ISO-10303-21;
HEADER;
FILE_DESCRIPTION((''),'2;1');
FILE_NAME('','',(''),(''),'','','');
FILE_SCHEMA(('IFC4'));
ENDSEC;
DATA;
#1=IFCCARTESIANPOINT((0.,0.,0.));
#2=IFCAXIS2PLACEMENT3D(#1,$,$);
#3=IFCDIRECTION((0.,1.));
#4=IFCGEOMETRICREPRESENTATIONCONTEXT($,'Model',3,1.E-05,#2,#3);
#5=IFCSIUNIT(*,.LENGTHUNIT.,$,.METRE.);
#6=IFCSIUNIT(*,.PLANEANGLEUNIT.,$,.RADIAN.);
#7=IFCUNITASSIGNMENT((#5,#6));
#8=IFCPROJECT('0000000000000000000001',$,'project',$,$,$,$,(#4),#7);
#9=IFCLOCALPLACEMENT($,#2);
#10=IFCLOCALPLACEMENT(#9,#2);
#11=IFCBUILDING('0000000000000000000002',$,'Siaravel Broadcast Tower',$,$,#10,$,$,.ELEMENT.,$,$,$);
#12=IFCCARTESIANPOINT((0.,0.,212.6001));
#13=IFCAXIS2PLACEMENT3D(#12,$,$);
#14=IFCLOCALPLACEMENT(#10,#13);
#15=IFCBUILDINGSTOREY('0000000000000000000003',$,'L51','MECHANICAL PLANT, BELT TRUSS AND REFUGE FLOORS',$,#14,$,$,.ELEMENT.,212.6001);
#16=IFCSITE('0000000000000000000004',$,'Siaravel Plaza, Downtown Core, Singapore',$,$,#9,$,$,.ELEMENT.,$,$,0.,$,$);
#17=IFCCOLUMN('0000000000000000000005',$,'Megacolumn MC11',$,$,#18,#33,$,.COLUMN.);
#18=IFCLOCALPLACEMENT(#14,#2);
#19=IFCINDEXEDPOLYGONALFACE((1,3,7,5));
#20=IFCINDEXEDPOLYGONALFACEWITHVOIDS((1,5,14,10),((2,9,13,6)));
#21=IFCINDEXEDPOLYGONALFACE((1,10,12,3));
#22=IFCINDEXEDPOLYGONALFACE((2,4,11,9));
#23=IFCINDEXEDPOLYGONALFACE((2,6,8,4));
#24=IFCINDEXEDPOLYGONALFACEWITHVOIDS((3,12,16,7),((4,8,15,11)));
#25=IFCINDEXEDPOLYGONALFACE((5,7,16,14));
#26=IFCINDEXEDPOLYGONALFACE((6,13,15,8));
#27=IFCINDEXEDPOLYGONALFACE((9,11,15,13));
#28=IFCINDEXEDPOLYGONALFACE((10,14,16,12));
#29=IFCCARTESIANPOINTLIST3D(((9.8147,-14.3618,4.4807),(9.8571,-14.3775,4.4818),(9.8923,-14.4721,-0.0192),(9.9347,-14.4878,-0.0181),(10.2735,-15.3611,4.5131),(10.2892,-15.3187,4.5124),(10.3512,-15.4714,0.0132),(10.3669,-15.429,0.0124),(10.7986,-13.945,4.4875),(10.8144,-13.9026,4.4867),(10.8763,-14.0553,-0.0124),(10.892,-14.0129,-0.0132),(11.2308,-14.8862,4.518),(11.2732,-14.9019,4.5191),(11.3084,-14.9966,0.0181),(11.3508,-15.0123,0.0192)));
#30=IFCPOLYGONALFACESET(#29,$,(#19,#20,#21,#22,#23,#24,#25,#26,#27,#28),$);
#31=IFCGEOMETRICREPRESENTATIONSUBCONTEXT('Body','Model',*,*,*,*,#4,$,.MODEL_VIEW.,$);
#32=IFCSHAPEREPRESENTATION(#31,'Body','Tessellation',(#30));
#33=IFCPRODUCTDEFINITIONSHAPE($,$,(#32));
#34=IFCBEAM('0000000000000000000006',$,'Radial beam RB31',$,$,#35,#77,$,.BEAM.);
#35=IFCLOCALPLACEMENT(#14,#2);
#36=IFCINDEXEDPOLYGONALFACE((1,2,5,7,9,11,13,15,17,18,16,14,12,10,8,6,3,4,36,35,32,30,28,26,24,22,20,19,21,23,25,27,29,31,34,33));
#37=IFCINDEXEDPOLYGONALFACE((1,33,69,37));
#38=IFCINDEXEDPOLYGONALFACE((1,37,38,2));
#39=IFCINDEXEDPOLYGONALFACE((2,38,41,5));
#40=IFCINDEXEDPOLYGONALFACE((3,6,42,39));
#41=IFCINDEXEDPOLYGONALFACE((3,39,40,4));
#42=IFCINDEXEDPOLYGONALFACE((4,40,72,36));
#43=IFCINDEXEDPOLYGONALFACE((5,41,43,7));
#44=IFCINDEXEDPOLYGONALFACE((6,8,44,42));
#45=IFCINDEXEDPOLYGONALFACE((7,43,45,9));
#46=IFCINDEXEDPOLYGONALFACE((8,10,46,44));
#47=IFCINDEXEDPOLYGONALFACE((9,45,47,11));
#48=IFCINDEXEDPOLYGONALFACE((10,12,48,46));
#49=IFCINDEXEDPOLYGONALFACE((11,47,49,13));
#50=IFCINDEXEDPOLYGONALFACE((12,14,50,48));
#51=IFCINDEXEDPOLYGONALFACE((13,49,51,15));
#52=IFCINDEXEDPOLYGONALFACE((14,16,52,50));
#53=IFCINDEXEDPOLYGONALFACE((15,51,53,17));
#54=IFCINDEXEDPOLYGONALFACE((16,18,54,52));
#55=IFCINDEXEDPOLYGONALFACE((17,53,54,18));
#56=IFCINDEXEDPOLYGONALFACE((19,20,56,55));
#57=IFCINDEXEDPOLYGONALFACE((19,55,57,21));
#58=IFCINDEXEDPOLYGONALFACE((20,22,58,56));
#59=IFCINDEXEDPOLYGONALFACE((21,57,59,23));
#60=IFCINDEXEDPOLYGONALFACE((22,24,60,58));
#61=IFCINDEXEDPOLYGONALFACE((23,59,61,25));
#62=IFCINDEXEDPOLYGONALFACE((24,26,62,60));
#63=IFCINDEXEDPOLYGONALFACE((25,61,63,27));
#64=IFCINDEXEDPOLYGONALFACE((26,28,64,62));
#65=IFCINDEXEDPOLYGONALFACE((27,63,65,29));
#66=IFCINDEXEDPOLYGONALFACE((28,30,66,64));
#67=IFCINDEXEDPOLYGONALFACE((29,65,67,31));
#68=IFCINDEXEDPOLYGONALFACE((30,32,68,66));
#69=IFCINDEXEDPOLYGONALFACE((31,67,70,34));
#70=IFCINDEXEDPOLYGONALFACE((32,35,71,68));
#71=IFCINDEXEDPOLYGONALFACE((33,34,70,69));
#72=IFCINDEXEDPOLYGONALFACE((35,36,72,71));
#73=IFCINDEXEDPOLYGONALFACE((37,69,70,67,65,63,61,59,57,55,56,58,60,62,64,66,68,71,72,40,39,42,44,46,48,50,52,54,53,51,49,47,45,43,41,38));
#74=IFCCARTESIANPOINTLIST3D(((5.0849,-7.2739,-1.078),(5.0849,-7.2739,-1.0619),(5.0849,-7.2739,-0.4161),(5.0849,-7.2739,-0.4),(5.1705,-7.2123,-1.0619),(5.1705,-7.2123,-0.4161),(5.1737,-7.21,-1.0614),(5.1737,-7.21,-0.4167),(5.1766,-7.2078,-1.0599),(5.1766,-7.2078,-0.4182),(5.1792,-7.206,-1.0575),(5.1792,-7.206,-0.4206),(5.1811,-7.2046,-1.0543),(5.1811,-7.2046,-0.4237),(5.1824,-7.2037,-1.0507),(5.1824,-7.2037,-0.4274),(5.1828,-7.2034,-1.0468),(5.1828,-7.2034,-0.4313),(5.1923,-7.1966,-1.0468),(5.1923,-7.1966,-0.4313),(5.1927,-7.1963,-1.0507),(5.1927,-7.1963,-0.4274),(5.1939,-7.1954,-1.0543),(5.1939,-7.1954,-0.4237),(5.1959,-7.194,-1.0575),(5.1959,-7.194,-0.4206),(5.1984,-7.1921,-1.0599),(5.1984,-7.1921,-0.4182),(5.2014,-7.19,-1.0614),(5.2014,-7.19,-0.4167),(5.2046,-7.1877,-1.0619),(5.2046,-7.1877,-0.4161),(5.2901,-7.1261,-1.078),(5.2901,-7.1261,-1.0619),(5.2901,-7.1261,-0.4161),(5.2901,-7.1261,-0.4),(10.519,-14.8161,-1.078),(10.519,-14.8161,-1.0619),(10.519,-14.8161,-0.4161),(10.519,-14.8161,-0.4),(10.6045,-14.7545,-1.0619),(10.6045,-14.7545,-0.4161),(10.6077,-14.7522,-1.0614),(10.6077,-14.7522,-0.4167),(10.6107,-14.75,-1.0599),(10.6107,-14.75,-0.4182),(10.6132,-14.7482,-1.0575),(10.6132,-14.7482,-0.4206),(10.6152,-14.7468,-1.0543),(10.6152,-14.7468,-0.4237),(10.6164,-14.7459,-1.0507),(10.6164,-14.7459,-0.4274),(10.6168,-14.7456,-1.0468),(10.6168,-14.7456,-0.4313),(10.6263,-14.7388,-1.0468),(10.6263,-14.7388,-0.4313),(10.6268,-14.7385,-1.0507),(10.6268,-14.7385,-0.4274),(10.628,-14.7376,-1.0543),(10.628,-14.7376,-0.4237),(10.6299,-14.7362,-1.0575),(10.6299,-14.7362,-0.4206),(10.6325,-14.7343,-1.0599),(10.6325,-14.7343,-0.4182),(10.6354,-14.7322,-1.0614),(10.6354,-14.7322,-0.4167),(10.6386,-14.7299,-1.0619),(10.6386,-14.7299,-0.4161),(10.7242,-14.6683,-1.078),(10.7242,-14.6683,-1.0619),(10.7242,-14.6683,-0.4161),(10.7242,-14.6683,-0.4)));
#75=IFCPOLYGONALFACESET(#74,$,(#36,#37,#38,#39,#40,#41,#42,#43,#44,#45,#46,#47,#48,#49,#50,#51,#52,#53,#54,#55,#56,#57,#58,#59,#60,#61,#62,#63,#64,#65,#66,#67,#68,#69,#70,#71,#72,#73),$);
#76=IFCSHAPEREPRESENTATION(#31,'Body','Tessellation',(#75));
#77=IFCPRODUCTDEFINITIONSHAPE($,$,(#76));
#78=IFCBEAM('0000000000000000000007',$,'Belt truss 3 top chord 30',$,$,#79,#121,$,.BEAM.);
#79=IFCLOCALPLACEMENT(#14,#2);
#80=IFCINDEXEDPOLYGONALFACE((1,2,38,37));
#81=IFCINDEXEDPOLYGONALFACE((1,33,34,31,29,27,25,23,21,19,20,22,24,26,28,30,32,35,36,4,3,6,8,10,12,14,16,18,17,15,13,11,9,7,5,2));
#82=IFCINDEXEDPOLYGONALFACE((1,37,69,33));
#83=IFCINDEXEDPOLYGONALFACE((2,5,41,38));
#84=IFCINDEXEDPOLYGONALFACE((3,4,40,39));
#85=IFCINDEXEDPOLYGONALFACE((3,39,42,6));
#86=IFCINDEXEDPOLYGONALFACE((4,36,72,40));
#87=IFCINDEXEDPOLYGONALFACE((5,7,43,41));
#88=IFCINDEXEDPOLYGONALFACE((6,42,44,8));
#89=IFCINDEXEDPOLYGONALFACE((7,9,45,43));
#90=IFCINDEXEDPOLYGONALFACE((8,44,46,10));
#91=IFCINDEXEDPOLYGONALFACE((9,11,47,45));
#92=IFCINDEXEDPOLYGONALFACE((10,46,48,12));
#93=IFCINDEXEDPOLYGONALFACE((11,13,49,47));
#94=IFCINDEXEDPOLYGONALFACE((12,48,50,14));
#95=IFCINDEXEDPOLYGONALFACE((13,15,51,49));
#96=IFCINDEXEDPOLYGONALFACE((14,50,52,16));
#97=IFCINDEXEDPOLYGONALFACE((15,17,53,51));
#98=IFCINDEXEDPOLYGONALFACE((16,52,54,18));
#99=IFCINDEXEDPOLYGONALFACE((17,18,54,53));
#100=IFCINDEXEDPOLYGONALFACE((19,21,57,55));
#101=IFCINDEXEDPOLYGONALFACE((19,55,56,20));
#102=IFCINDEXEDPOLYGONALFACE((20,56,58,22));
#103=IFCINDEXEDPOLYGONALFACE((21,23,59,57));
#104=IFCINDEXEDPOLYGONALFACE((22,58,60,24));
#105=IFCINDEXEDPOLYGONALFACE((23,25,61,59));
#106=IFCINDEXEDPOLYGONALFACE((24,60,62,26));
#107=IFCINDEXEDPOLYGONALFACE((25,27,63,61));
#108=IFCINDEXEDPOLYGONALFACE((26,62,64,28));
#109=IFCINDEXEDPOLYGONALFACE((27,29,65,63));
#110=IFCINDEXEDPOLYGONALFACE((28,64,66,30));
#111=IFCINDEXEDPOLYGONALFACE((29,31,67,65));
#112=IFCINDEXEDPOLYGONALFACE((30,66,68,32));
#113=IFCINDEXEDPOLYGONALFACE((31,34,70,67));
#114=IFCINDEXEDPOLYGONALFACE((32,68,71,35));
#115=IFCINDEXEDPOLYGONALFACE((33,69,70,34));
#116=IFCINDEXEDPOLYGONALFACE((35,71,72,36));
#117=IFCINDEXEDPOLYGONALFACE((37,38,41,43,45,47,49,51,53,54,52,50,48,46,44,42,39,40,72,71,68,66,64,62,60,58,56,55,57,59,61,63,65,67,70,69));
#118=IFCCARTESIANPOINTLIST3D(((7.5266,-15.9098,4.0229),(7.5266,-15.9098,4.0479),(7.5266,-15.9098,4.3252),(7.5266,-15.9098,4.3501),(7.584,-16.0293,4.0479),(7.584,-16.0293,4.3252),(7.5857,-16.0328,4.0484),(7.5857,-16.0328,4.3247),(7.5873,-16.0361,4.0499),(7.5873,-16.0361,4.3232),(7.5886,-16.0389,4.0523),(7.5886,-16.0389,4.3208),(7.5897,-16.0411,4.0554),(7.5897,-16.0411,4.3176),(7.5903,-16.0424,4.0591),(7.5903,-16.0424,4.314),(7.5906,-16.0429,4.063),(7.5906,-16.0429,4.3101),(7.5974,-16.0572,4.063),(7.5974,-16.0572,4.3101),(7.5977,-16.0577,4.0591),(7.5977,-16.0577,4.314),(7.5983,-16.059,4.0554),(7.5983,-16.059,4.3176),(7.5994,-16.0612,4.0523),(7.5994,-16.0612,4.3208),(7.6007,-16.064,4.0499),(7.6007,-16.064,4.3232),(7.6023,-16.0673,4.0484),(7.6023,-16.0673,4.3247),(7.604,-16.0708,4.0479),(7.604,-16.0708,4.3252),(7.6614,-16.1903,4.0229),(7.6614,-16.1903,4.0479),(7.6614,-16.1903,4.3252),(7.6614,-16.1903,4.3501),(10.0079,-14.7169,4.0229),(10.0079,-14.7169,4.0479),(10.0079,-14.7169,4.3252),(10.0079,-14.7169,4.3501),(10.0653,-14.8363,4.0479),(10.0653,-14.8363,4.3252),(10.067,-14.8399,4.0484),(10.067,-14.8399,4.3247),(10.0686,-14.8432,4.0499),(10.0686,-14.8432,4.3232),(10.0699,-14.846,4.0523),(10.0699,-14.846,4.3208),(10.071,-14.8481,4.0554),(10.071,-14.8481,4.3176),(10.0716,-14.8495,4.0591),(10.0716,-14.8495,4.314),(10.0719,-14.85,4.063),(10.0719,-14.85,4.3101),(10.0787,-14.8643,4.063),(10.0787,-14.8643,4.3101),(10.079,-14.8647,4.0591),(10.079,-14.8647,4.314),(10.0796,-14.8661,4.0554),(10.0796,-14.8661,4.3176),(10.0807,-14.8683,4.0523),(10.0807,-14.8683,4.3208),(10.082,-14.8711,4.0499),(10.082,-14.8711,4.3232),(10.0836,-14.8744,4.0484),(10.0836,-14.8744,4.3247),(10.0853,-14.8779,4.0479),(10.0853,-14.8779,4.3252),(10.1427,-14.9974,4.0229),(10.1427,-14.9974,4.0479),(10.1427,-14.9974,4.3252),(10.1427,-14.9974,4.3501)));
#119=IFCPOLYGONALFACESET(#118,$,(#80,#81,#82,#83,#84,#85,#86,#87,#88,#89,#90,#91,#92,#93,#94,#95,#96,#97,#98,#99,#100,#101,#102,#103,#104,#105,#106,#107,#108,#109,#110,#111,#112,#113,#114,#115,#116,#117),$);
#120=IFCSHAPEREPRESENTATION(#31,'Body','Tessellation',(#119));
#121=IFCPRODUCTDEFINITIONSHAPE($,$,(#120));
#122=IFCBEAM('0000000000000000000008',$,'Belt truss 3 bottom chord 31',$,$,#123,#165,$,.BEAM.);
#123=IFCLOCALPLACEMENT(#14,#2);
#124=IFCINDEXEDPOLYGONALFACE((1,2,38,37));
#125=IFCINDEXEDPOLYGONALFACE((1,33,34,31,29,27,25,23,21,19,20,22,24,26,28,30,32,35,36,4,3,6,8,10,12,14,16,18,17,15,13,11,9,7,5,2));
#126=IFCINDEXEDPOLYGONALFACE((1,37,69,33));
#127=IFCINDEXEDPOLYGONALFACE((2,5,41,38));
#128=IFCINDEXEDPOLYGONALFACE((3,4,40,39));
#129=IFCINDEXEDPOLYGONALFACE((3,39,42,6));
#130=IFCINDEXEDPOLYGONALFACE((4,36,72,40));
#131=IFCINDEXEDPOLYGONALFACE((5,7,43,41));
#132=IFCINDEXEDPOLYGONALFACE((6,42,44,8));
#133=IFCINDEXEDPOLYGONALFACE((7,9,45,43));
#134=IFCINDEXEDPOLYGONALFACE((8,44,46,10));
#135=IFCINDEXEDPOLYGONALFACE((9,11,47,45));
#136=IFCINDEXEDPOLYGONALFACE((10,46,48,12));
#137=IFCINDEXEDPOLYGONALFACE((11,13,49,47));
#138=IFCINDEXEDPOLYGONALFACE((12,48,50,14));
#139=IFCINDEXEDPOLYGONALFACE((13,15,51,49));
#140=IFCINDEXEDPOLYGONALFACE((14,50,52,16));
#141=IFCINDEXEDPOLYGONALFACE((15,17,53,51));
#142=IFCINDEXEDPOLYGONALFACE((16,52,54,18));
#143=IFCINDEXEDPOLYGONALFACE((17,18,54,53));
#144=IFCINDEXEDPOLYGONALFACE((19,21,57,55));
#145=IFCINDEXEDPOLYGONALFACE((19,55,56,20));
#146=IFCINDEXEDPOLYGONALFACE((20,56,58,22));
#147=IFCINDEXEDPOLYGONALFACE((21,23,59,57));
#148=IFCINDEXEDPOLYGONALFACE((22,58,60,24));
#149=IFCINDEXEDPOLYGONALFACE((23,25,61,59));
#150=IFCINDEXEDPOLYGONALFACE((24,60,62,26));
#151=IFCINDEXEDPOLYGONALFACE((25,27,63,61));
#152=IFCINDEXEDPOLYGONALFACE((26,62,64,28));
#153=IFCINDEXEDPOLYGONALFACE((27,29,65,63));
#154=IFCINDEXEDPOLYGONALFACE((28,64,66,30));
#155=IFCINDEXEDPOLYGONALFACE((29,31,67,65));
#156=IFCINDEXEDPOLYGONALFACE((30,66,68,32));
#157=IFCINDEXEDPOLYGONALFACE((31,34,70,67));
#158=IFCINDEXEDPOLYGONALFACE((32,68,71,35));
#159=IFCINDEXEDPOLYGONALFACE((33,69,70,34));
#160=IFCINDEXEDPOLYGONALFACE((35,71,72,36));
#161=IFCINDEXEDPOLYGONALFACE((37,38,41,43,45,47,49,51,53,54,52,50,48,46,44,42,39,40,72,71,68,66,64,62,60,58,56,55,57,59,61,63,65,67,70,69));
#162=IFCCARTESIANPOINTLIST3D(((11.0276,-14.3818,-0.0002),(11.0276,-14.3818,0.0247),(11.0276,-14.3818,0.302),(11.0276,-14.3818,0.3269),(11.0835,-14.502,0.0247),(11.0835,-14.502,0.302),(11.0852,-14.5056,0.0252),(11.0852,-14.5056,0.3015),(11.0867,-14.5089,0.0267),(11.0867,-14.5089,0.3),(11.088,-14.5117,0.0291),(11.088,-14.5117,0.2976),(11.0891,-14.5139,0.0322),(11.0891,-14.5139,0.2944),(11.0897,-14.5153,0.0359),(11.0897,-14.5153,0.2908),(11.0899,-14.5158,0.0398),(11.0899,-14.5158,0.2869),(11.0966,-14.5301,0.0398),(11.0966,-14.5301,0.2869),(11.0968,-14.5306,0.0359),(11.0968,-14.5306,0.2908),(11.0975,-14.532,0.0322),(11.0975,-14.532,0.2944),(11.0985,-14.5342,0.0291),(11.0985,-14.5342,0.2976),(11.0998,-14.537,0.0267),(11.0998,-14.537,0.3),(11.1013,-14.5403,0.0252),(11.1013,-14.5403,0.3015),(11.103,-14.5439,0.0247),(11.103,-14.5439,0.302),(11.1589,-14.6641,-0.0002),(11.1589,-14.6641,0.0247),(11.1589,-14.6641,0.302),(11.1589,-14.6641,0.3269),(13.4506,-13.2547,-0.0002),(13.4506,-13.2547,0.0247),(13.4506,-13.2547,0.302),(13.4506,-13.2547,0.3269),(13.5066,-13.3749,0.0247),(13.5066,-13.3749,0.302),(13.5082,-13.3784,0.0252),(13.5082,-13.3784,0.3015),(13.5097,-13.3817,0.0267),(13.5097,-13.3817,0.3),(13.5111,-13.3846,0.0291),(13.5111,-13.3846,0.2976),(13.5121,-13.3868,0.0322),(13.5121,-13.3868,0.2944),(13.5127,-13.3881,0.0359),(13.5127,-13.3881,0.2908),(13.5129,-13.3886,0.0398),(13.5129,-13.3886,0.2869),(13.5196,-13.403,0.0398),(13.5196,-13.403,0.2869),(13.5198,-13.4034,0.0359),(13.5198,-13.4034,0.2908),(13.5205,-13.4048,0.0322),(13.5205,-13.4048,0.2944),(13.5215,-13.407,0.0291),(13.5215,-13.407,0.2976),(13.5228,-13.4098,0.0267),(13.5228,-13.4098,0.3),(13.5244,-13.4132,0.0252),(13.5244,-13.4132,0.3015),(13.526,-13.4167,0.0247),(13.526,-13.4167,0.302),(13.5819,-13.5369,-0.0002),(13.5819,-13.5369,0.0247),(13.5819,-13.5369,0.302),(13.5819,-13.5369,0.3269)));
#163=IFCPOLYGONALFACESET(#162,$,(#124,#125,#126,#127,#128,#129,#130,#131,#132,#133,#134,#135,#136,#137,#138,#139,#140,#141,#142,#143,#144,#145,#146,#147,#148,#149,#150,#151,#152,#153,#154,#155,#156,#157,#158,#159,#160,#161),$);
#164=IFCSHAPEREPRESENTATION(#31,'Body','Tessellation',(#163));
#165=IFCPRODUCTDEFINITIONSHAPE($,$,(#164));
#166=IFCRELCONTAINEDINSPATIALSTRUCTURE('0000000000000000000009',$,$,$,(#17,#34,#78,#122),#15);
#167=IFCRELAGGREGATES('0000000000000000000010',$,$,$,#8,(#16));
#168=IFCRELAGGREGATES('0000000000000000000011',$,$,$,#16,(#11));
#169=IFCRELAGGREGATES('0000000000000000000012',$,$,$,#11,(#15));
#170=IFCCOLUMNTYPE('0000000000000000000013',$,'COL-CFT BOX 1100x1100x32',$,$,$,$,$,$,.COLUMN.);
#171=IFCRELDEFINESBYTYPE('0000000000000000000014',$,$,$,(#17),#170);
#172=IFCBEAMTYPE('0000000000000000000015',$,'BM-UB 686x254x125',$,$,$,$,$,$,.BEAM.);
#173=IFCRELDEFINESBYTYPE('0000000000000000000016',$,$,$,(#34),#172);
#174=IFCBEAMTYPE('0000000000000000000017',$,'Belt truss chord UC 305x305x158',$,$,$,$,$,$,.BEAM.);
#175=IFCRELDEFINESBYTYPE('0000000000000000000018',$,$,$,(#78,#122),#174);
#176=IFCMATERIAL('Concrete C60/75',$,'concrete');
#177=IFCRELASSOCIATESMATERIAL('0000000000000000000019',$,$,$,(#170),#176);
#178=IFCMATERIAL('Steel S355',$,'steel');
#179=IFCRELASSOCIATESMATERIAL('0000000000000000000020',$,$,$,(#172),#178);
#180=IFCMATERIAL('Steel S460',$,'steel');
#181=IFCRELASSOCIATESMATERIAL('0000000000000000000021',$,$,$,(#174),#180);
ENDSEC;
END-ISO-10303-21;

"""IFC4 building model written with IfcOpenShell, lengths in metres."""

from ifc_helpers import new_model, si_unit, direction, frame, origin, origin_2d, place, context, subcontext, project, spatial, hollow_rectangle, i_section, extrude, material, material_profile, profile_set, type_object, element, save


model = new_model("IFC4")

# Units and contexts
model_context = context("Model", 3, precision=1e-05, world=origin(), true_north=direction((0.0, 1.0)))
body_context = subcontext(model_context, "Body", "Model", "MODEL_VIEW")
ifc_project = project(units=[si_unit("LENGTHUNIT", "METRE"), si_unit("PLANEANGLEUNIT", "RADIAN")], contexts=[model_context])

# Site, building, storey
site_placement = place(None, origin())
site = spatial("IfcSite", under=ifc_project, at=site_placement, Name="Siaravel Plaza, Downtown Core, Singapore", CompositionType="ELEMENT", RefElevation=0.0)
building_placement = place(site_placement, origin())
building = spatial("IfcBuilding", under=site, at=building_placement, Name="Siaravel Broadcast Tower", CompositionType="ELEMENT")
storey_placement = place(building_placement, frame((0.0, 0.0, 212.6001)))
storey = spatial("IfcBuildingStorey", under=building, at=storey_placement, Name="L51", Description="MECHANICAL PLANT, BELT TRUSS AND REFUGE FLOORS", CompositionType="ELEMENT", Elevation=212.6001)

# Column
ifc_material_1 = material(Name="Concrete C60/75", Category="concrete")
ifc_material_profile_1 = material_profile(ifc_material_1, hollow_rectangle(XDim=1.1001, YDim=1.1001, WallThickness=0.032, at=origin_2d()))
ifc_profile_set_1 = profile_set([ifc_material_profile_1], Name="Concrete C60/75")
column_type = type_object("IfcColumnType", Name="COL-CFT BOX 1100x1100x32", PredefinedType="COLUMN", material=ifc_profile_set_1)
column_placement = place(storey_placement, frame((10.6216, -14.7422, 0.0), z_axis=(-0.017245, 0.024512, 0.999551), x_axis=(-0.90871, -0.417393, -0.005442)))
element("IfcColumn", 1, at=column_placement, inside=storey, type_object=column_type, Name="Megacolumn MC11", PredefinedType="COLUMN", context=body_context, shape_type="SweptSolid", body=[
    extrude(hollow_rectangle(XDim=1.1001, YDim=1.1001, WallThickness=0.032, at=origin_2d()), origin(), (0.0, 0.0, 1.0), 4.502),
])

# Beams
ifc_material_2 = material(Name="Steel S355", Category="steel")
ifc_material_profile_2 = material_profile(ifc_material_2, i_section(OverallWidth=0.2529, OverallDepth=0.678, WebThickness=0.0117, FlangeThickness=0.0161, FilletRadius=0.0151, at=origin_2d()))
ifc_profile_set_2 = profile_set([ifc_material_profile_2], Name="Steel S355")
beam_type_1 = type_object("IfcBeamType", Name="BM-UB 686x254x125", PredefinedType="BEAM", material=ifc_profile_set_2)
beam_1_placement = place(storey_placement, frame((10.6216, -14.7422, -0.739), z_axis=(-0.584565, 0.811347, 0.0), x_axis=(-0.811347, -0.584565, 0.0)))
element("IfcBeam", 2, at=beam_1_placement, inside=storey, type_object=beam_type_1, Name="Radial beam RB31", PredefinedType="BEAM", context=body_context, shape_type="SweptSolid", body=[
    extrude(i_section(OverallWidth=0.2529, OverallDepth=0.678, WebThickness=0.0117, FlangeThickness=0.0161, FilletRadius=0.0151, at=origin_2d()), origin(), (0.0, 0.0, 1.0), 9.2959),
])
ifc_material_3 = material(Name="Steel S460", Category="steel")
ifc_material_profile_3 = material_profile(ifc_material_3, i_section(OverallWidth=0.3113, OverallDepth=0.3271, WebThickness=0.0159, FlangeThickness=0.0249, FilletRadius=0.0151, at=origin_2d()))
ifc_profile_set_3 = profile_set([ifc_material_profile_3], Name="Steel S460")
beam_type_2 = type_object("IfcBeamType", Name="Belt truss chord UC 305x305x158", PredefinedType="BEAM", material=ifc_profile_set_3)
beam_2_placement = place(storey_placement, frame((7.594, -16.05, 4.1865), z_axis=(0.901254, 0.43329, 0.0), x_axis=(-0.43329, 0.901254, 0.0)))
element("IfcBeam", 3, at=beam_2_placement, inside=storey, type_object=beam_type_2, Name="Belt truss 3 top chord 30", PredefinedType="BEAM", context=body_context, shape_type="SweptSolid", body=[
    extrude(i_section(OverallWidth=0.3113, OverallDepth=0.3271, WebThickness=0.0159, FlangeThickness=0.0249, FilletRadius=0.0151, at=origin_2d()), origin(), (0.0, 0.0, 1.0), 2.7532),
])
beam_3_placement = place(storey_placement, frame((11.0933, -14.5229, 0.1633), z_axis=(0.906696, 0.421785, 0.0), x_axis=(-0.421785, 0.906696, 0.0)))
element("IfcBeam", 4, at=beam_3_placement, inside=storey, type_object=beam_type_2, Name="Belt truss 3 bottom chord 31", PredefinedType="BEAM", context=body_context, shape_type="SweptSolid", body=[
    extrude(i_section(OverallWidth=0.3113, OverallDepth=0.3271, WebThickness=0.0159, FlangeThickness=0.0249, FilletRadius=0.0151, at=origin_2d()), origin(), (0.0, 0.0, 1.0), 2.6724),
])

save(model, "model.ifc")
